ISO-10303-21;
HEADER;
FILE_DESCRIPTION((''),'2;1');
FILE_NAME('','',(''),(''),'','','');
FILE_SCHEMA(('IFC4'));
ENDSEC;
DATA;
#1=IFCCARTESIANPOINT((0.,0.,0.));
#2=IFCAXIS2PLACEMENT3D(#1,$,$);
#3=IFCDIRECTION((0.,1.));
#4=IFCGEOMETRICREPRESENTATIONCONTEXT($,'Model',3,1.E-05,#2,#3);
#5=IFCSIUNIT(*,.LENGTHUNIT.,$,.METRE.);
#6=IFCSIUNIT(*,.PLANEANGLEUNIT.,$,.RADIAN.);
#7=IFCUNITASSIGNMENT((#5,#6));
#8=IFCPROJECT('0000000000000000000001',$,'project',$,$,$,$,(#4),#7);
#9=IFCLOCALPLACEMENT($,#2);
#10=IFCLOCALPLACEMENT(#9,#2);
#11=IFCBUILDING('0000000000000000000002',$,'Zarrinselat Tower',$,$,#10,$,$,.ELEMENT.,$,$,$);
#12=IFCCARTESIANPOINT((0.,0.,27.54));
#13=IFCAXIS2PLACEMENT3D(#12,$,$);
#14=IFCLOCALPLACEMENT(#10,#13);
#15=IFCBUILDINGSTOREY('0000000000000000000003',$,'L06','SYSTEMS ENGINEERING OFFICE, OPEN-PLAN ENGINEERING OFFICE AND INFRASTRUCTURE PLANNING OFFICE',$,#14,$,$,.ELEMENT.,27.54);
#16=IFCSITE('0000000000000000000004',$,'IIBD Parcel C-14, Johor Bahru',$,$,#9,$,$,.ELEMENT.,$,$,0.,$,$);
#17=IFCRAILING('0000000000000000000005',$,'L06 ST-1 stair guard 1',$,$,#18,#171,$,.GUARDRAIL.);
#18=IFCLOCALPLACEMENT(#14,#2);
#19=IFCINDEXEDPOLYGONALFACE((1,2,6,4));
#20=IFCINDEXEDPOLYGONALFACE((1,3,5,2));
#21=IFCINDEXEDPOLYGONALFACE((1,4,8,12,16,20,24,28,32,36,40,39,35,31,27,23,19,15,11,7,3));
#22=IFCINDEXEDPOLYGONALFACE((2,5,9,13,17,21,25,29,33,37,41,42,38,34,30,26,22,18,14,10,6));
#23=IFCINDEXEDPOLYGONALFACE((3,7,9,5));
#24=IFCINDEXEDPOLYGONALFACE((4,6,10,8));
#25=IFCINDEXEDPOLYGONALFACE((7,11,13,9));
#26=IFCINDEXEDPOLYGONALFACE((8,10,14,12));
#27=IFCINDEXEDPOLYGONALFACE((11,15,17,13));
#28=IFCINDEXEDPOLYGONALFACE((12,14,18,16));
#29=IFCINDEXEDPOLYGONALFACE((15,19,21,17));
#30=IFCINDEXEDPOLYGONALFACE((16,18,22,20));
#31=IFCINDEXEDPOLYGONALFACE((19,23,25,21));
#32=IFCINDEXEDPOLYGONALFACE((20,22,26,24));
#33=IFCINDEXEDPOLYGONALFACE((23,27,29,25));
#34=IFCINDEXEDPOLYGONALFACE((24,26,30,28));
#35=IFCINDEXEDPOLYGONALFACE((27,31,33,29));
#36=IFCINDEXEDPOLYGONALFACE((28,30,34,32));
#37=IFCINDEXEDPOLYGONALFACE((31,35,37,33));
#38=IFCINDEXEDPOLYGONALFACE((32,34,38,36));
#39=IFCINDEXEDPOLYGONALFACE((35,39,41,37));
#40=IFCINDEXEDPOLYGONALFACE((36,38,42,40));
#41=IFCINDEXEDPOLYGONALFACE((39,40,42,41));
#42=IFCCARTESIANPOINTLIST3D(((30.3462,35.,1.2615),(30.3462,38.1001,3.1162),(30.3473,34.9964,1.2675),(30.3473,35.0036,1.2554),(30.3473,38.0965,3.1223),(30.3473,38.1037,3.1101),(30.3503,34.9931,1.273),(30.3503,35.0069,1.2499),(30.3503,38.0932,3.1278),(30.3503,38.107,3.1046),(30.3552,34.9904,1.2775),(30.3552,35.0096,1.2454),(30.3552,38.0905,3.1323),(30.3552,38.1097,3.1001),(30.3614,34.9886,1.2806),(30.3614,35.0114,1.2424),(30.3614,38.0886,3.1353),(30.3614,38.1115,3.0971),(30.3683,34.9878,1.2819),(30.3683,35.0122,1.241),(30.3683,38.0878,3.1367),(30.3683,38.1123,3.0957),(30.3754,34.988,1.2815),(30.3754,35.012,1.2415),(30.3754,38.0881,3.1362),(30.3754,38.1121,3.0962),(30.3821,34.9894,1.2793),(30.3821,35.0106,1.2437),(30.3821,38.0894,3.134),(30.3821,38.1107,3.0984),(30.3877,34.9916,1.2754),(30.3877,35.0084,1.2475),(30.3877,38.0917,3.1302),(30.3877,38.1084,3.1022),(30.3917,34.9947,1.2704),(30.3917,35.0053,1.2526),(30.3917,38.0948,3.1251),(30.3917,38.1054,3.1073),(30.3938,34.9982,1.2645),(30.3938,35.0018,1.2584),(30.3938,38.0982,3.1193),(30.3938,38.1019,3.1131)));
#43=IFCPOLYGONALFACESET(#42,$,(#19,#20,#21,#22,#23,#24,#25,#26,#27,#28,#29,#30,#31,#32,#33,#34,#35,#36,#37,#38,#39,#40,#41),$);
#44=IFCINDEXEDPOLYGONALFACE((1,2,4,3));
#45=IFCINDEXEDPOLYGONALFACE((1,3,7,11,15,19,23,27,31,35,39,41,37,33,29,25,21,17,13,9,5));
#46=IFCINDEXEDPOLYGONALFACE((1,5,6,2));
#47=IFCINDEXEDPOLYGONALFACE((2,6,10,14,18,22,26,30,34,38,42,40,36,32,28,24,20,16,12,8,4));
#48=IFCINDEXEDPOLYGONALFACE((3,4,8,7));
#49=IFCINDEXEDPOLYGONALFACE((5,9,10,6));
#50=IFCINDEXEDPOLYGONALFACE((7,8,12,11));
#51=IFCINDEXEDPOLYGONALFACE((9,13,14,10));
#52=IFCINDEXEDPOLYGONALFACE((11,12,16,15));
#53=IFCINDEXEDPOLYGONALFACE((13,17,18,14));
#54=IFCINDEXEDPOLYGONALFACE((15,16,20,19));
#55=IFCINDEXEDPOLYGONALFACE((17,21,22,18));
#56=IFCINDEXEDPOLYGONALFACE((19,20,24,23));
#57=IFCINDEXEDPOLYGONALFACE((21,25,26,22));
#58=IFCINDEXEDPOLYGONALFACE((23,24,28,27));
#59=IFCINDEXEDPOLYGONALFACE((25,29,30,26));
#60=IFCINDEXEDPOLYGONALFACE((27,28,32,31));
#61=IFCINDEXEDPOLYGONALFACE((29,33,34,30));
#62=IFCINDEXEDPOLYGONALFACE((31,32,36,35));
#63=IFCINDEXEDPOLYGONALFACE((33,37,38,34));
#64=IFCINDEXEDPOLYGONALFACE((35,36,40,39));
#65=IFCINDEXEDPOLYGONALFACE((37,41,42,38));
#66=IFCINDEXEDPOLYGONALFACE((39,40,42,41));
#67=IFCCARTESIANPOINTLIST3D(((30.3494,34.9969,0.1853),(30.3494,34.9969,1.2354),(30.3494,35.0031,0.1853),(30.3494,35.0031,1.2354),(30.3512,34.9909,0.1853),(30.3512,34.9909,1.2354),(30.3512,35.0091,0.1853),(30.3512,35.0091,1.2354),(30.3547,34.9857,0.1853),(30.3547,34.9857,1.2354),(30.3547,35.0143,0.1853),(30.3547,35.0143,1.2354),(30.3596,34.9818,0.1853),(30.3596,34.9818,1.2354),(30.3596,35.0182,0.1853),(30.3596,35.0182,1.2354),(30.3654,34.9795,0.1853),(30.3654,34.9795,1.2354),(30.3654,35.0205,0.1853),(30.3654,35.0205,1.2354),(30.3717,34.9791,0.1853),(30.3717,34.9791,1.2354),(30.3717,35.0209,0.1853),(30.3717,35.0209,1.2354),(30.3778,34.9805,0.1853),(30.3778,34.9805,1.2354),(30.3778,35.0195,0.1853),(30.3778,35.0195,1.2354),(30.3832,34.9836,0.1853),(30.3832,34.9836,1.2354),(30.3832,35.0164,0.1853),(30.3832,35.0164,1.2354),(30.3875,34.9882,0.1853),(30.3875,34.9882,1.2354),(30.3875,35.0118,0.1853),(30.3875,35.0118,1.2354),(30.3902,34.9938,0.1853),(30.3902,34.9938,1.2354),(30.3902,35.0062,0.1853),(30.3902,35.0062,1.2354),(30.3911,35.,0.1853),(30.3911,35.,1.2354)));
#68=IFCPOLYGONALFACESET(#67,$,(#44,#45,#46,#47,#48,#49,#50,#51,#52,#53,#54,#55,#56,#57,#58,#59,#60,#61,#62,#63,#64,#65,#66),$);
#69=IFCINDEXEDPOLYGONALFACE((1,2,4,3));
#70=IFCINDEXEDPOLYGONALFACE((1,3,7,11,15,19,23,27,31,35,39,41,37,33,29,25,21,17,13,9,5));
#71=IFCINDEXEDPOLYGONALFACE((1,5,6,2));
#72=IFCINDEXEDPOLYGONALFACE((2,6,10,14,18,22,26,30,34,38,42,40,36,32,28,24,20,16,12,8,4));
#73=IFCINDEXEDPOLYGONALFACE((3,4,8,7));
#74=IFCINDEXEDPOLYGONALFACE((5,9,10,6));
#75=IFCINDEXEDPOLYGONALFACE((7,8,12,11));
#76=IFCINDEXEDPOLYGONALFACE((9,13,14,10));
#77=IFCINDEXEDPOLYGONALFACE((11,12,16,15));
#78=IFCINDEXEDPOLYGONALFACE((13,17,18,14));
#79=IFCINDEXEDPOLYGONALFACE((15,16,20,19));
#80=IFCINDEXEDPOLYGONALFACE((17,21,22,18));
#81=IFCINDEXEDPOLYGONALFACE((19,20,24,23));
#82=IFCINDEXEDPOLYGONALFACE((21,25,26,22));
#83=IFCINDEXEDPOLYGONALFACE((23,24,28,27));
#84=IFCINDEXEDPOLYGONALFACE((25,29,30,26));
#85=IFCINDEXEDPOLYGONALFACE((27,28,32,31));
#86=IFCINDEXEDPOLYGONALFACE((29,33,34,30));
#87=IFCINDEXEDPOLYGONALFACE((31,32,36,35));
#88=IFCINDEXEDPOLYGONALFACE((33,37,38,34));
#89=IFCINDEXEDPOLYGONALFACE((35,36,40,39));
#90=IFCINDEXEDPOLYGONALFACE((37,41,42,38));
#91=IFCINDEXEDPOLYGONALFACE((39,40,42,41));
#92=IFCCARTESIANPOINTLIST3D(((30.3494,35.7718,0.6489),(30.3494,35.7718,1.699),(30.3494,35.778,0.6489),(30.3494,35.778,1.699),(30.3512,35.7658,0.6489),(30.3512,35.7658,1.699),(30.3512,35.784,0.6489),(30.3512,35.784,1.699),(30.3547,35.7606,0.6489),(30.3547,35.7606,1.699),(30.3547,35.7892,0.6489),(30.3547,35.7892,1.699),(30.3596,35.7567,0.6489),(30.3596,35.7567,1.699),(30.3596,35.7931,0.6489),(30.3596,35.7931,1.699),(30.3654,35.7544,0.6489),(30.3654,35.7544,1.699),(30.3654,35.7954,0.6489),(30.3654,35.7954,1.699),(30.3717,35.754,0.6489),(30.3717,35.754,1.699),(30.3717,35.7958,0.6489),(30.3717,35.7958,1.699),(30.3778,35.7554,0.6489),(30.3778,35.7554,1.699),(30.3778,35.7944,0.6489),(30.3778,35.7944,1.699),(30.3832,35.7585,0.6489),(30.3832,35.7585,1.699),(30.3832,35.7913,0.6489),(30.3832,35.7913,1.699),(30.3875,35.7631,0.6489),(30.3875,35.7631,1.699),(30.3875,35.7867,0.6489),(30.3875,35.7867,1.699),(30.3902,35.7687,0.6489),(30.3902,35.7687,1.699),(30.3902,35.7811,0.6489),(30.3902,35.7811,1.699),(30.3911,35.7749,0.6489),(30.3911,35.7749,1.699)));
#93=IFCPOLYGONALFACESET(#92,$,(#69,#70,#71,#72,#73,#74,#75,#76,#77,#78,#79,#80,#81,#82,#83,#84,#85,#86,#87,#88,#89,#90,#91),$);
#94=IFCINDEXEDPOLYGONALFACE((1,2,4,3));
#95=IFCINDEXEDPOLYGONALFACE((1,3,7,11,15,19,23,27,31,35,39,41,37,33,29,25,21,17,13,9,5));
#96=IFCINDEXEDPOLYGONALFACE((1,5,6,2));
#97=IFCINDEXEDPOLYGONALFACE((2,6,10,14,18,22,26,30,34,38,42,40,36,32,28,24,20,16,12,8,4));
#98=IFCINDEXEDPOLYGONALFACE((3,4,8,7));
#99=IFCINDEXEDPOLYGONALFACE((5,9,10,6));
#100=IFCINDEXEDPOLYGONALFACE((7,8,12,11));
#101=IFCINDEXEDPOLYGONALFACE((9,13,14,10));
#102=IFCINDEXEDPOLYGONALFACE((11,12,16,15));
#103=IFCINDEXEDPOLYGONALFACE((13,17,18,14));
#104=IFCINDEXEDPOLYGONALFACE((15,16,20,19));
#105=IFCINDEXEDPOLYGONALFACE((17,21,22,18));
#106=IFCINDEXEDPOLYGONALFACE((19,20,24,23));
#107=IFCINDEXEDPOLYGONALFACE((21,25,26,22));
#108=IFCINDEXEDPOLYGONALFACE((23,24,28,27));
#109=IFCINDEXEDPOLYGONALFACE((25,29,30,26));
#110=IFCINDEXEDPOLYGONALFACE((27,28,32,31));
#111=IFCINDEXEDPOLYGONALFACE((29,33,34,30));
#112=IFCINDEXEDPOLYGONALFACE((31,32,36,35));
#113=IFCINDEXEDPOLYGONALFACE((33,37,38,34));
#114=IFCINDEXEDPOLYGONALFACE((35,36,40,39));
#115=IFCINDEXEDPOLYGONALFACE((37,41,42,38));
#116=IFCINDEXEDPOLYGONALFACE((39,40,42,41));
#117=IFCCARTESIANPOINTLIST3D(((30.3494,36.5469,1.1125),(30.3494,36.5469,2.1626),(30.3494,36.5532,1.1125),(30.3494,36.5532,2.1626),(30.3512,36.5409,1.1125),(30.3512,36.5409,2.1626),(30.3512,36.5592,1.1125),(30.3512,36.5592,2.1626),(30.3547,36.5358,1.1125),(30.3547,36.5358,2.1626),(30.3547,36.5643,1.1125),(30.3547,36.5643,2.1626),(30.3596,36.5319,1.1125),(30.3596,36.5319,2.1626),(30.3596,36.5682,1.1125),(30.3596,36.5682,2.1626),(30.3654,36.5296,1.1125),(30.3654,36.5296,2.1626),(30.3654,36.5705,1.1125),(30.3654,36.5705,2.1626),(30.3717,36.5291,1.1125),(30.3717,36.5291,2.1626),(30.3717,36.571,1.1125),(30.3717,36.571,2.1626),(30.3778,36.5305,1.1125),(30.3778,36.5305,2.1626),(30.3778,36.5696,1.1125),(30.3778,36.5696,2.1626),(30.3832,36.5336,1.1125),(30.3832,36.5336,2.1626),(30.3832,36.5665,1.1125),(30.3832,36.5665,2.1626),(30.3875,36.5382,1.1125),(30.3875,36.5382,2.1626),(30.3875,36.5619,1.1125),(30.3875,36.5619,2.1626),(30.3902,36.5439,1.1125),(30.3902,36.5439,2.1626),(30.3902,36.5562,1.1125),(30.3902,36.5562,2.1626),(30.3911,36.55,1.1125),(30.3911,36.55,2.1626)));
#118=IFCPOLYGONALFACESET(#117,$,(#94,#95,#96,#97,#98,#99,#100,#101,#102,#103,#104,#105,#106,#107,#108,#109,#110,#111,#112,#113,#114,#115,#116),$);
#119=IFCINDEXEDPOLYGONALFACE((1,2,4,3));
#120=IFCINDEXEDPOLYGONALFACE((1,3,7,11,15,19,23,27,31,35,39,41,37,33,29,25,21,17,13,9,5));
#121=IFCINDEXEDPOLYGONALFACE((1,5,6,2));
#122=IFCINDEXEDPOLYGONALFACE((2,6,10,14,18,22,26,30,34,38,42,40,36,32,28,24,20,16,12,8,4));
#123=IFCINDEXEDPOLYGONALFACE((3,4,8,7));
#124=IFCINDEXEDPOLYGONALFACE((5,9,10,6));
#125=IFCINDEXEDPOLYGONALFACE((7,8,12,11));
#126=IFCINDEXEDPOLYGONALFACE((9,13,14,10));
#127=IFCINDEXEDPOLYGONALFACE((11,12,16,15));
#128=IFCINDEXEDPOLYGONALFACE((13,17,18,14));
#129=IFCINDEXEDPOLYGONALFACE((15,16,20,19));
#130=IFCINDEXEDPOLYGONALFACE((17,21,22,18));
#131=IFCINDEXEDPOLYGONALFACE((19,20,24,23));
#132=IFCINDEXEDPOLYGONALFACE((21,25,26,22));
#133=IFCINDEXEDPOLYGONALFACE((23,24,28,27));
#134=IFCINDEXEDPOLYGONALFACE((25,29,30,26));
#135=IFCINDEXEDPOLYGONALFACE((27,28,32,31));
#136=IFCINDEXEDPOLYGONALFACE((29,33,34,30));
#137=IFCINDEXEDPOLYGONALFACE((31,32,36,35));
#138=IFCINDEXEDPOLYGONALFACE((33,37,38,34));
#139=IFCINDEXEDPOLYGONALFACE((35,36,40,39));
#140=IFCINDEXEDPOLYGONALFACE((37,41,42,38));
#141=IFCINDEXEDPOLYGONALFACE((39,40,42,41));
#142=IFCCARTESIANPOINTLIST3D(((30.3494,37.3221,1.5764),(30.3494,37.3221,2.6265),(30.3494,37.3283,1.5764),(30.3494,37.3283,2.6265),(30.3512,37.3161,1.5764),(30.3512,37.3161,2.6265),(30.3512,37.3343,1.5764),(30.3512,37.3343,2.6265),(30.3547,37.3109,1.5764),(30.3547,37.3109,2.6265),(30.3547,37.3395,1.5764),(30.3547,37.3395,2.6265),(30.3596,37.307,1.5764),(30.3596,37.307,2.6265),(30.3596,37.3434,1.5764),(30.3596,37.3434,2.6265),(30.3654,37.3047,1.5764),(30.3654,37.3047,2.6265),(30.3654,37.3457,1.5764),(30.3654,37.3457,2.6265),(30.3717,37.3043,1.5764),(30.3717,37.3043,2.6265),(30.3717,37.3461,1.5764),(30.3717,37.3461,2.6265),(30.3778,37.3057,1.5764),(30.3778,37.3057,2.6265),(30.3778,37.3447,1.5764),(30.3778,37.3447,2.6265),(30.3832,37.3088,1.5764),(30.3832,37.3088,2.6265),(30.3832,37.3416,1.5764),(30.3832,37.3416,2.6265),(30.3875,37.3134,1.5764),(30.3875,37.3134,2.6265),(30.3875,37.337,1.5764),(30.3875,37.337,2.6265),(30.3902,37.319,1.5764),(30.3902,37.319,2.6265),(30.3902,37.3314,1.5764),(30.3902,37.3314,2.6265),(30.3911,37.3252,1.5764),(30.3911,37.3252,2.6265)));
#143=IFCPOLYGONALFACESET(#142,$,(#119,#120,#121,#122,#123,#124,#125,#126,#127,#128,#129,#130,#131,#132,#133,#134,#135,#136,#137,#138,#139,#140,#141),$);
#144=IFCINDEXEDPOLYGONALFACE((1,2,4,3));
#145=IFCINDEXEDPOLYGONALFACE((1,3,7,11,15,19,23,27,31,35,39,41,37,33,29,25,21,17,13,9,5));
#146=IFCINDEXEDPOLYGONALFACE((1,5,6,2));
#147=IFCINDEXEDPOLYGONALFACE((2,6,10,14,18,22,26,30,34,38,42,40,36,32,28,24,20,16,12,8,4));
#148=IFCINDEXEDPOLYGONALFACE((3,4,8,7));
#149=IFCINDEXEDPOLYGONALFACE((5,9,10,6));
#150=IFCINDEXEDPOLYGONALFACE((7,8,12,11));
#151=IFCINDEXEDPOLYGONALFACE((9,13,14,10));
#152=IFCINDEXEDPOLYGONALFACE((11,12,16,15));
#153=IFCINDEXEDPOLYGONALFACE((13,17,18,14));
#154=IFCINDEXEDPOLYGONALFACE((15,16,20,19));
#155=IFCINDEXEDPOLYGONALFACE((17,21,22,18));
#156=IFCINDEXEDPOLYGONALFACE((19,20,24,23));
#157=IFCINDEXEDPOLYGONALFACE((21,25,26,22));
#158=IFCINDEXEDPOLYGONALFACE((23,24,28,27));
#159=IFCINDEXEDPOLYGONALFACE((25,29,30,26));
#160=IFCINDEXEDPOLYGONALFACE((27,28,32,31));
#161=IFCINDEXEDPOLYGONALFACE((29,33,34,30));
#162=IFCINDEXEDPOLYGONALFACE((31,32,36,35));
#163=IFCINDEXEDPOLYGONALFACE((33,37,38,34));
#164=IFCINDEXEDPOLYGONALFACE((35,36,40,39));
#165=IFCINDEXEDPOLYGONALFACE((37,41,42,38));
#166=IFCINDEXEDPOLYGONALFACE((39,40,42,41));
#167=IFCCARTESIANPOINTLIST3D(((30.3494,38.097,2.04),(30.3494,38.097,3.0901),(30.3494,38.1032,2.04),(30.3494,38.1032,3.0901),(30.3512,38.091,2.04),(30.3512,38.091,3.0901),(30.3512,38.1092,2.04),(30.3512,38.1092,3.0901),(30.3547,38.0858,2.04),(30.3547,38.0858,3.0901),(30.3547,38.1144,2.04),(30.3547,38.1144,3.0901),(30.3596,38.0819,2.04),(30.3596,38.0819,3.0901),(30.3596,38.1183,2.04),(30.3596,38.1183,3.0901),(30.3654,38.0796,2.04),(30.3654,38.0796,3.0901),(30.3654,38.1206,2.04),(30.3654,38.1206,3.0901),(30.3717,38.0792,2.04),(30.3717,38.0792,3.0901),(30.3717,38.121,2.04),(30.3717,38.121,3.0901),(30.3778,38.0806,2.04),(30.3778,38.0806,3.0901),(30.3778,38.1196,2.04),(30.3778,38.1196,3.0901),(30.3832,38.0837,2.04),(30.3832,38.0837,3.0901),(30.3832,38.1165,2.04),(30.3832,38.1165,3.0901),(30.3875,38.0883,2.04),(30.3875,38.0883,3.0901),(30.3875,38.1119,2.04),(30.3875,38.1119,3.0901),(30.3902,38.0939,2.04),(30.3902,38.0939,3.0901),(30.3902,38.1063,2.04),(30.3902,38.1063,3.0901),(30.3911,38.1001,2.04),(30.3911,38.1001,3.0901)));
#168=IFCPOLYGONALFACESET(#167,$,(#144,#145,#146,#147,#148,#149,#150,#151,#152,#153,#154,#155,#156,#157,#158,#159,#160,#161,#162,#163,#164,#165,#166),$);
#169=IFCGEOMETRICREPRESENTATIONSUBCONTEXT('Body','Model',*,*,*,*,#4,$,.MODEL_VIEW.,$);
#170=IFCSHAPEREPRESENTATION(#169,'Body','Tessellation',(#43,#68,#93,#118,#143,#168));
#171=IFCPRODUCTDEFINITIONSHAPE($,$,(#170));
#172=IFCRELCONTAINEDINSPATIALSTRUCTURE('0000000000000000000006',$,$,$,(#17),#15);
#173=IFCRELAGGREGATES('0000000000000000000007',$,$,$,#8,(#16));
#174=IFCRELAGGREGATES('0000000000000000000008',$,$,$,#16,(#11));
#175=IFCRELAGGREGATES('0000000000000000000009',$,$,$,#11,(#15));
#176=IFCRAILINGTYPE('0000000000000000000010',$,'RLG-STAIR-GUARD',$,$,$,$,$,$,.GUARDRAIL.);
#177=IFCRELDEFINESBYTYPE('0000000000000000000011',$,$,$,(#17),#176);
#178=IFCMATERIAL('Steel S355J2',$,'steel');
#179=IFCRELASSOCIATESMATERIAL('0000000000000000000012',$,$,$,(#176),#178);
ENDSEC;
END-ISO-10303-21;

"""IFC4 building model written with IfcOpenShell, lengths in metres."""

from ifc_helpers import new_model, si_unit, direction, frame, origin, origin_2d, place, context, subcontext, project, spatial, circle, extrude, material, type_object, element, save


model = new_model("IFC4")

# Units and contexts
model_context = context("Model", 3, precision=1e-05, world=origin(), true_north=direction((0.0, 1.0)))
body_context = subcontext(model_context, "Body", "Model", "MODEL_VIEW")
ifc_project = project(units=[si_unit("LENGTHUNIT", "METRE"), si_unit("PLANEANGLEUNIT", "RADIAN")], contexts=[model_context])

# Site, building, storey
site_placement = place(None, origin())
site = spatial("IfcSite", under=ifc_project, at=site_placement, Name="IIBD Parcel C-14, Johor Bahru", CompositionType="ELEMENT", RefElevation=0.0)
building_placement = place(site_placement, origin())
building = spatial("IfcBuilding", under=site, at=building_placement, Name="Zarrinselat Tower", CompositionType="ELEMENT")
storey_placement = place(building_placement, frame((0.0, 0.0, 27.54)))
storey = spatial("IfcBuildingStorey", under=building, at=storey_placement, Name="L06", Description="SYSTEMS ENGINEERING OFFICE, OPEN-PLAN ENGINEERING OFFICE AND INFRASTRUCTURE PLANNING OFFICE", CompositionType="ELEMENT", Elevation=27.54)

# Railing
ifc_material_1 = material(Name="Steel S355J2", Category="steel")
railing_type_1 = type_object("IfcRailingType", Name="RLG-STAIR-GUARD", PredefinedType="GUARDRAIL", material=ifc_material_1)
railing_1_placement = place(storey_placement, frame((30.3701, 35.0, 0.1853)))
element("IfcRailing", 1, at=railing_1_placement, inside=storey, type_object=railing_type_1, Name="L06 ST-1 stair guard 1", PredefinedType="GUARDRAIL", context=body_context, shape_type="SweptSolid", body=[
    extrude(circle(Radius=0.0239, at=origin_2d()), frame((0.0, 0.0, 1.0762), z_axis=(0.0, 0.858142, 0.513412), x_axis=(-1.0, 0.0, 0.0)), (0.0, 0.0, 1.0), 3.6125),
    extrude(circle(Radius=0.021, at=origin_2d()), origin(), (0.0, 0.0, 1.0), 1.05),
    extrude(circle(Radius=0.021, at=origin_2d()), frame((0.0, 0.7749, 0.4636)), (0.0, 0.0, 1.0), 1.05),
    extrude(circle(Radius=0.021, at=origin_2d()), frame((0.0, 1.55, 0.9272)), (0.0, 0.0, 1.0), 1.05),
    extrude(circle(Radius=0.021, at=origin_2d()), frame((0.0, 2.3252, 1.3911)), (0.0, 0.0, 1.0), 1.05),
    extrude(circle(Radius=0.021, at=origin_2d()), frame((0.0, 3.1001, 1.8547)), (0.0, 0.0, 1.0), 1.05),
])

save(model, "model.ifc")
